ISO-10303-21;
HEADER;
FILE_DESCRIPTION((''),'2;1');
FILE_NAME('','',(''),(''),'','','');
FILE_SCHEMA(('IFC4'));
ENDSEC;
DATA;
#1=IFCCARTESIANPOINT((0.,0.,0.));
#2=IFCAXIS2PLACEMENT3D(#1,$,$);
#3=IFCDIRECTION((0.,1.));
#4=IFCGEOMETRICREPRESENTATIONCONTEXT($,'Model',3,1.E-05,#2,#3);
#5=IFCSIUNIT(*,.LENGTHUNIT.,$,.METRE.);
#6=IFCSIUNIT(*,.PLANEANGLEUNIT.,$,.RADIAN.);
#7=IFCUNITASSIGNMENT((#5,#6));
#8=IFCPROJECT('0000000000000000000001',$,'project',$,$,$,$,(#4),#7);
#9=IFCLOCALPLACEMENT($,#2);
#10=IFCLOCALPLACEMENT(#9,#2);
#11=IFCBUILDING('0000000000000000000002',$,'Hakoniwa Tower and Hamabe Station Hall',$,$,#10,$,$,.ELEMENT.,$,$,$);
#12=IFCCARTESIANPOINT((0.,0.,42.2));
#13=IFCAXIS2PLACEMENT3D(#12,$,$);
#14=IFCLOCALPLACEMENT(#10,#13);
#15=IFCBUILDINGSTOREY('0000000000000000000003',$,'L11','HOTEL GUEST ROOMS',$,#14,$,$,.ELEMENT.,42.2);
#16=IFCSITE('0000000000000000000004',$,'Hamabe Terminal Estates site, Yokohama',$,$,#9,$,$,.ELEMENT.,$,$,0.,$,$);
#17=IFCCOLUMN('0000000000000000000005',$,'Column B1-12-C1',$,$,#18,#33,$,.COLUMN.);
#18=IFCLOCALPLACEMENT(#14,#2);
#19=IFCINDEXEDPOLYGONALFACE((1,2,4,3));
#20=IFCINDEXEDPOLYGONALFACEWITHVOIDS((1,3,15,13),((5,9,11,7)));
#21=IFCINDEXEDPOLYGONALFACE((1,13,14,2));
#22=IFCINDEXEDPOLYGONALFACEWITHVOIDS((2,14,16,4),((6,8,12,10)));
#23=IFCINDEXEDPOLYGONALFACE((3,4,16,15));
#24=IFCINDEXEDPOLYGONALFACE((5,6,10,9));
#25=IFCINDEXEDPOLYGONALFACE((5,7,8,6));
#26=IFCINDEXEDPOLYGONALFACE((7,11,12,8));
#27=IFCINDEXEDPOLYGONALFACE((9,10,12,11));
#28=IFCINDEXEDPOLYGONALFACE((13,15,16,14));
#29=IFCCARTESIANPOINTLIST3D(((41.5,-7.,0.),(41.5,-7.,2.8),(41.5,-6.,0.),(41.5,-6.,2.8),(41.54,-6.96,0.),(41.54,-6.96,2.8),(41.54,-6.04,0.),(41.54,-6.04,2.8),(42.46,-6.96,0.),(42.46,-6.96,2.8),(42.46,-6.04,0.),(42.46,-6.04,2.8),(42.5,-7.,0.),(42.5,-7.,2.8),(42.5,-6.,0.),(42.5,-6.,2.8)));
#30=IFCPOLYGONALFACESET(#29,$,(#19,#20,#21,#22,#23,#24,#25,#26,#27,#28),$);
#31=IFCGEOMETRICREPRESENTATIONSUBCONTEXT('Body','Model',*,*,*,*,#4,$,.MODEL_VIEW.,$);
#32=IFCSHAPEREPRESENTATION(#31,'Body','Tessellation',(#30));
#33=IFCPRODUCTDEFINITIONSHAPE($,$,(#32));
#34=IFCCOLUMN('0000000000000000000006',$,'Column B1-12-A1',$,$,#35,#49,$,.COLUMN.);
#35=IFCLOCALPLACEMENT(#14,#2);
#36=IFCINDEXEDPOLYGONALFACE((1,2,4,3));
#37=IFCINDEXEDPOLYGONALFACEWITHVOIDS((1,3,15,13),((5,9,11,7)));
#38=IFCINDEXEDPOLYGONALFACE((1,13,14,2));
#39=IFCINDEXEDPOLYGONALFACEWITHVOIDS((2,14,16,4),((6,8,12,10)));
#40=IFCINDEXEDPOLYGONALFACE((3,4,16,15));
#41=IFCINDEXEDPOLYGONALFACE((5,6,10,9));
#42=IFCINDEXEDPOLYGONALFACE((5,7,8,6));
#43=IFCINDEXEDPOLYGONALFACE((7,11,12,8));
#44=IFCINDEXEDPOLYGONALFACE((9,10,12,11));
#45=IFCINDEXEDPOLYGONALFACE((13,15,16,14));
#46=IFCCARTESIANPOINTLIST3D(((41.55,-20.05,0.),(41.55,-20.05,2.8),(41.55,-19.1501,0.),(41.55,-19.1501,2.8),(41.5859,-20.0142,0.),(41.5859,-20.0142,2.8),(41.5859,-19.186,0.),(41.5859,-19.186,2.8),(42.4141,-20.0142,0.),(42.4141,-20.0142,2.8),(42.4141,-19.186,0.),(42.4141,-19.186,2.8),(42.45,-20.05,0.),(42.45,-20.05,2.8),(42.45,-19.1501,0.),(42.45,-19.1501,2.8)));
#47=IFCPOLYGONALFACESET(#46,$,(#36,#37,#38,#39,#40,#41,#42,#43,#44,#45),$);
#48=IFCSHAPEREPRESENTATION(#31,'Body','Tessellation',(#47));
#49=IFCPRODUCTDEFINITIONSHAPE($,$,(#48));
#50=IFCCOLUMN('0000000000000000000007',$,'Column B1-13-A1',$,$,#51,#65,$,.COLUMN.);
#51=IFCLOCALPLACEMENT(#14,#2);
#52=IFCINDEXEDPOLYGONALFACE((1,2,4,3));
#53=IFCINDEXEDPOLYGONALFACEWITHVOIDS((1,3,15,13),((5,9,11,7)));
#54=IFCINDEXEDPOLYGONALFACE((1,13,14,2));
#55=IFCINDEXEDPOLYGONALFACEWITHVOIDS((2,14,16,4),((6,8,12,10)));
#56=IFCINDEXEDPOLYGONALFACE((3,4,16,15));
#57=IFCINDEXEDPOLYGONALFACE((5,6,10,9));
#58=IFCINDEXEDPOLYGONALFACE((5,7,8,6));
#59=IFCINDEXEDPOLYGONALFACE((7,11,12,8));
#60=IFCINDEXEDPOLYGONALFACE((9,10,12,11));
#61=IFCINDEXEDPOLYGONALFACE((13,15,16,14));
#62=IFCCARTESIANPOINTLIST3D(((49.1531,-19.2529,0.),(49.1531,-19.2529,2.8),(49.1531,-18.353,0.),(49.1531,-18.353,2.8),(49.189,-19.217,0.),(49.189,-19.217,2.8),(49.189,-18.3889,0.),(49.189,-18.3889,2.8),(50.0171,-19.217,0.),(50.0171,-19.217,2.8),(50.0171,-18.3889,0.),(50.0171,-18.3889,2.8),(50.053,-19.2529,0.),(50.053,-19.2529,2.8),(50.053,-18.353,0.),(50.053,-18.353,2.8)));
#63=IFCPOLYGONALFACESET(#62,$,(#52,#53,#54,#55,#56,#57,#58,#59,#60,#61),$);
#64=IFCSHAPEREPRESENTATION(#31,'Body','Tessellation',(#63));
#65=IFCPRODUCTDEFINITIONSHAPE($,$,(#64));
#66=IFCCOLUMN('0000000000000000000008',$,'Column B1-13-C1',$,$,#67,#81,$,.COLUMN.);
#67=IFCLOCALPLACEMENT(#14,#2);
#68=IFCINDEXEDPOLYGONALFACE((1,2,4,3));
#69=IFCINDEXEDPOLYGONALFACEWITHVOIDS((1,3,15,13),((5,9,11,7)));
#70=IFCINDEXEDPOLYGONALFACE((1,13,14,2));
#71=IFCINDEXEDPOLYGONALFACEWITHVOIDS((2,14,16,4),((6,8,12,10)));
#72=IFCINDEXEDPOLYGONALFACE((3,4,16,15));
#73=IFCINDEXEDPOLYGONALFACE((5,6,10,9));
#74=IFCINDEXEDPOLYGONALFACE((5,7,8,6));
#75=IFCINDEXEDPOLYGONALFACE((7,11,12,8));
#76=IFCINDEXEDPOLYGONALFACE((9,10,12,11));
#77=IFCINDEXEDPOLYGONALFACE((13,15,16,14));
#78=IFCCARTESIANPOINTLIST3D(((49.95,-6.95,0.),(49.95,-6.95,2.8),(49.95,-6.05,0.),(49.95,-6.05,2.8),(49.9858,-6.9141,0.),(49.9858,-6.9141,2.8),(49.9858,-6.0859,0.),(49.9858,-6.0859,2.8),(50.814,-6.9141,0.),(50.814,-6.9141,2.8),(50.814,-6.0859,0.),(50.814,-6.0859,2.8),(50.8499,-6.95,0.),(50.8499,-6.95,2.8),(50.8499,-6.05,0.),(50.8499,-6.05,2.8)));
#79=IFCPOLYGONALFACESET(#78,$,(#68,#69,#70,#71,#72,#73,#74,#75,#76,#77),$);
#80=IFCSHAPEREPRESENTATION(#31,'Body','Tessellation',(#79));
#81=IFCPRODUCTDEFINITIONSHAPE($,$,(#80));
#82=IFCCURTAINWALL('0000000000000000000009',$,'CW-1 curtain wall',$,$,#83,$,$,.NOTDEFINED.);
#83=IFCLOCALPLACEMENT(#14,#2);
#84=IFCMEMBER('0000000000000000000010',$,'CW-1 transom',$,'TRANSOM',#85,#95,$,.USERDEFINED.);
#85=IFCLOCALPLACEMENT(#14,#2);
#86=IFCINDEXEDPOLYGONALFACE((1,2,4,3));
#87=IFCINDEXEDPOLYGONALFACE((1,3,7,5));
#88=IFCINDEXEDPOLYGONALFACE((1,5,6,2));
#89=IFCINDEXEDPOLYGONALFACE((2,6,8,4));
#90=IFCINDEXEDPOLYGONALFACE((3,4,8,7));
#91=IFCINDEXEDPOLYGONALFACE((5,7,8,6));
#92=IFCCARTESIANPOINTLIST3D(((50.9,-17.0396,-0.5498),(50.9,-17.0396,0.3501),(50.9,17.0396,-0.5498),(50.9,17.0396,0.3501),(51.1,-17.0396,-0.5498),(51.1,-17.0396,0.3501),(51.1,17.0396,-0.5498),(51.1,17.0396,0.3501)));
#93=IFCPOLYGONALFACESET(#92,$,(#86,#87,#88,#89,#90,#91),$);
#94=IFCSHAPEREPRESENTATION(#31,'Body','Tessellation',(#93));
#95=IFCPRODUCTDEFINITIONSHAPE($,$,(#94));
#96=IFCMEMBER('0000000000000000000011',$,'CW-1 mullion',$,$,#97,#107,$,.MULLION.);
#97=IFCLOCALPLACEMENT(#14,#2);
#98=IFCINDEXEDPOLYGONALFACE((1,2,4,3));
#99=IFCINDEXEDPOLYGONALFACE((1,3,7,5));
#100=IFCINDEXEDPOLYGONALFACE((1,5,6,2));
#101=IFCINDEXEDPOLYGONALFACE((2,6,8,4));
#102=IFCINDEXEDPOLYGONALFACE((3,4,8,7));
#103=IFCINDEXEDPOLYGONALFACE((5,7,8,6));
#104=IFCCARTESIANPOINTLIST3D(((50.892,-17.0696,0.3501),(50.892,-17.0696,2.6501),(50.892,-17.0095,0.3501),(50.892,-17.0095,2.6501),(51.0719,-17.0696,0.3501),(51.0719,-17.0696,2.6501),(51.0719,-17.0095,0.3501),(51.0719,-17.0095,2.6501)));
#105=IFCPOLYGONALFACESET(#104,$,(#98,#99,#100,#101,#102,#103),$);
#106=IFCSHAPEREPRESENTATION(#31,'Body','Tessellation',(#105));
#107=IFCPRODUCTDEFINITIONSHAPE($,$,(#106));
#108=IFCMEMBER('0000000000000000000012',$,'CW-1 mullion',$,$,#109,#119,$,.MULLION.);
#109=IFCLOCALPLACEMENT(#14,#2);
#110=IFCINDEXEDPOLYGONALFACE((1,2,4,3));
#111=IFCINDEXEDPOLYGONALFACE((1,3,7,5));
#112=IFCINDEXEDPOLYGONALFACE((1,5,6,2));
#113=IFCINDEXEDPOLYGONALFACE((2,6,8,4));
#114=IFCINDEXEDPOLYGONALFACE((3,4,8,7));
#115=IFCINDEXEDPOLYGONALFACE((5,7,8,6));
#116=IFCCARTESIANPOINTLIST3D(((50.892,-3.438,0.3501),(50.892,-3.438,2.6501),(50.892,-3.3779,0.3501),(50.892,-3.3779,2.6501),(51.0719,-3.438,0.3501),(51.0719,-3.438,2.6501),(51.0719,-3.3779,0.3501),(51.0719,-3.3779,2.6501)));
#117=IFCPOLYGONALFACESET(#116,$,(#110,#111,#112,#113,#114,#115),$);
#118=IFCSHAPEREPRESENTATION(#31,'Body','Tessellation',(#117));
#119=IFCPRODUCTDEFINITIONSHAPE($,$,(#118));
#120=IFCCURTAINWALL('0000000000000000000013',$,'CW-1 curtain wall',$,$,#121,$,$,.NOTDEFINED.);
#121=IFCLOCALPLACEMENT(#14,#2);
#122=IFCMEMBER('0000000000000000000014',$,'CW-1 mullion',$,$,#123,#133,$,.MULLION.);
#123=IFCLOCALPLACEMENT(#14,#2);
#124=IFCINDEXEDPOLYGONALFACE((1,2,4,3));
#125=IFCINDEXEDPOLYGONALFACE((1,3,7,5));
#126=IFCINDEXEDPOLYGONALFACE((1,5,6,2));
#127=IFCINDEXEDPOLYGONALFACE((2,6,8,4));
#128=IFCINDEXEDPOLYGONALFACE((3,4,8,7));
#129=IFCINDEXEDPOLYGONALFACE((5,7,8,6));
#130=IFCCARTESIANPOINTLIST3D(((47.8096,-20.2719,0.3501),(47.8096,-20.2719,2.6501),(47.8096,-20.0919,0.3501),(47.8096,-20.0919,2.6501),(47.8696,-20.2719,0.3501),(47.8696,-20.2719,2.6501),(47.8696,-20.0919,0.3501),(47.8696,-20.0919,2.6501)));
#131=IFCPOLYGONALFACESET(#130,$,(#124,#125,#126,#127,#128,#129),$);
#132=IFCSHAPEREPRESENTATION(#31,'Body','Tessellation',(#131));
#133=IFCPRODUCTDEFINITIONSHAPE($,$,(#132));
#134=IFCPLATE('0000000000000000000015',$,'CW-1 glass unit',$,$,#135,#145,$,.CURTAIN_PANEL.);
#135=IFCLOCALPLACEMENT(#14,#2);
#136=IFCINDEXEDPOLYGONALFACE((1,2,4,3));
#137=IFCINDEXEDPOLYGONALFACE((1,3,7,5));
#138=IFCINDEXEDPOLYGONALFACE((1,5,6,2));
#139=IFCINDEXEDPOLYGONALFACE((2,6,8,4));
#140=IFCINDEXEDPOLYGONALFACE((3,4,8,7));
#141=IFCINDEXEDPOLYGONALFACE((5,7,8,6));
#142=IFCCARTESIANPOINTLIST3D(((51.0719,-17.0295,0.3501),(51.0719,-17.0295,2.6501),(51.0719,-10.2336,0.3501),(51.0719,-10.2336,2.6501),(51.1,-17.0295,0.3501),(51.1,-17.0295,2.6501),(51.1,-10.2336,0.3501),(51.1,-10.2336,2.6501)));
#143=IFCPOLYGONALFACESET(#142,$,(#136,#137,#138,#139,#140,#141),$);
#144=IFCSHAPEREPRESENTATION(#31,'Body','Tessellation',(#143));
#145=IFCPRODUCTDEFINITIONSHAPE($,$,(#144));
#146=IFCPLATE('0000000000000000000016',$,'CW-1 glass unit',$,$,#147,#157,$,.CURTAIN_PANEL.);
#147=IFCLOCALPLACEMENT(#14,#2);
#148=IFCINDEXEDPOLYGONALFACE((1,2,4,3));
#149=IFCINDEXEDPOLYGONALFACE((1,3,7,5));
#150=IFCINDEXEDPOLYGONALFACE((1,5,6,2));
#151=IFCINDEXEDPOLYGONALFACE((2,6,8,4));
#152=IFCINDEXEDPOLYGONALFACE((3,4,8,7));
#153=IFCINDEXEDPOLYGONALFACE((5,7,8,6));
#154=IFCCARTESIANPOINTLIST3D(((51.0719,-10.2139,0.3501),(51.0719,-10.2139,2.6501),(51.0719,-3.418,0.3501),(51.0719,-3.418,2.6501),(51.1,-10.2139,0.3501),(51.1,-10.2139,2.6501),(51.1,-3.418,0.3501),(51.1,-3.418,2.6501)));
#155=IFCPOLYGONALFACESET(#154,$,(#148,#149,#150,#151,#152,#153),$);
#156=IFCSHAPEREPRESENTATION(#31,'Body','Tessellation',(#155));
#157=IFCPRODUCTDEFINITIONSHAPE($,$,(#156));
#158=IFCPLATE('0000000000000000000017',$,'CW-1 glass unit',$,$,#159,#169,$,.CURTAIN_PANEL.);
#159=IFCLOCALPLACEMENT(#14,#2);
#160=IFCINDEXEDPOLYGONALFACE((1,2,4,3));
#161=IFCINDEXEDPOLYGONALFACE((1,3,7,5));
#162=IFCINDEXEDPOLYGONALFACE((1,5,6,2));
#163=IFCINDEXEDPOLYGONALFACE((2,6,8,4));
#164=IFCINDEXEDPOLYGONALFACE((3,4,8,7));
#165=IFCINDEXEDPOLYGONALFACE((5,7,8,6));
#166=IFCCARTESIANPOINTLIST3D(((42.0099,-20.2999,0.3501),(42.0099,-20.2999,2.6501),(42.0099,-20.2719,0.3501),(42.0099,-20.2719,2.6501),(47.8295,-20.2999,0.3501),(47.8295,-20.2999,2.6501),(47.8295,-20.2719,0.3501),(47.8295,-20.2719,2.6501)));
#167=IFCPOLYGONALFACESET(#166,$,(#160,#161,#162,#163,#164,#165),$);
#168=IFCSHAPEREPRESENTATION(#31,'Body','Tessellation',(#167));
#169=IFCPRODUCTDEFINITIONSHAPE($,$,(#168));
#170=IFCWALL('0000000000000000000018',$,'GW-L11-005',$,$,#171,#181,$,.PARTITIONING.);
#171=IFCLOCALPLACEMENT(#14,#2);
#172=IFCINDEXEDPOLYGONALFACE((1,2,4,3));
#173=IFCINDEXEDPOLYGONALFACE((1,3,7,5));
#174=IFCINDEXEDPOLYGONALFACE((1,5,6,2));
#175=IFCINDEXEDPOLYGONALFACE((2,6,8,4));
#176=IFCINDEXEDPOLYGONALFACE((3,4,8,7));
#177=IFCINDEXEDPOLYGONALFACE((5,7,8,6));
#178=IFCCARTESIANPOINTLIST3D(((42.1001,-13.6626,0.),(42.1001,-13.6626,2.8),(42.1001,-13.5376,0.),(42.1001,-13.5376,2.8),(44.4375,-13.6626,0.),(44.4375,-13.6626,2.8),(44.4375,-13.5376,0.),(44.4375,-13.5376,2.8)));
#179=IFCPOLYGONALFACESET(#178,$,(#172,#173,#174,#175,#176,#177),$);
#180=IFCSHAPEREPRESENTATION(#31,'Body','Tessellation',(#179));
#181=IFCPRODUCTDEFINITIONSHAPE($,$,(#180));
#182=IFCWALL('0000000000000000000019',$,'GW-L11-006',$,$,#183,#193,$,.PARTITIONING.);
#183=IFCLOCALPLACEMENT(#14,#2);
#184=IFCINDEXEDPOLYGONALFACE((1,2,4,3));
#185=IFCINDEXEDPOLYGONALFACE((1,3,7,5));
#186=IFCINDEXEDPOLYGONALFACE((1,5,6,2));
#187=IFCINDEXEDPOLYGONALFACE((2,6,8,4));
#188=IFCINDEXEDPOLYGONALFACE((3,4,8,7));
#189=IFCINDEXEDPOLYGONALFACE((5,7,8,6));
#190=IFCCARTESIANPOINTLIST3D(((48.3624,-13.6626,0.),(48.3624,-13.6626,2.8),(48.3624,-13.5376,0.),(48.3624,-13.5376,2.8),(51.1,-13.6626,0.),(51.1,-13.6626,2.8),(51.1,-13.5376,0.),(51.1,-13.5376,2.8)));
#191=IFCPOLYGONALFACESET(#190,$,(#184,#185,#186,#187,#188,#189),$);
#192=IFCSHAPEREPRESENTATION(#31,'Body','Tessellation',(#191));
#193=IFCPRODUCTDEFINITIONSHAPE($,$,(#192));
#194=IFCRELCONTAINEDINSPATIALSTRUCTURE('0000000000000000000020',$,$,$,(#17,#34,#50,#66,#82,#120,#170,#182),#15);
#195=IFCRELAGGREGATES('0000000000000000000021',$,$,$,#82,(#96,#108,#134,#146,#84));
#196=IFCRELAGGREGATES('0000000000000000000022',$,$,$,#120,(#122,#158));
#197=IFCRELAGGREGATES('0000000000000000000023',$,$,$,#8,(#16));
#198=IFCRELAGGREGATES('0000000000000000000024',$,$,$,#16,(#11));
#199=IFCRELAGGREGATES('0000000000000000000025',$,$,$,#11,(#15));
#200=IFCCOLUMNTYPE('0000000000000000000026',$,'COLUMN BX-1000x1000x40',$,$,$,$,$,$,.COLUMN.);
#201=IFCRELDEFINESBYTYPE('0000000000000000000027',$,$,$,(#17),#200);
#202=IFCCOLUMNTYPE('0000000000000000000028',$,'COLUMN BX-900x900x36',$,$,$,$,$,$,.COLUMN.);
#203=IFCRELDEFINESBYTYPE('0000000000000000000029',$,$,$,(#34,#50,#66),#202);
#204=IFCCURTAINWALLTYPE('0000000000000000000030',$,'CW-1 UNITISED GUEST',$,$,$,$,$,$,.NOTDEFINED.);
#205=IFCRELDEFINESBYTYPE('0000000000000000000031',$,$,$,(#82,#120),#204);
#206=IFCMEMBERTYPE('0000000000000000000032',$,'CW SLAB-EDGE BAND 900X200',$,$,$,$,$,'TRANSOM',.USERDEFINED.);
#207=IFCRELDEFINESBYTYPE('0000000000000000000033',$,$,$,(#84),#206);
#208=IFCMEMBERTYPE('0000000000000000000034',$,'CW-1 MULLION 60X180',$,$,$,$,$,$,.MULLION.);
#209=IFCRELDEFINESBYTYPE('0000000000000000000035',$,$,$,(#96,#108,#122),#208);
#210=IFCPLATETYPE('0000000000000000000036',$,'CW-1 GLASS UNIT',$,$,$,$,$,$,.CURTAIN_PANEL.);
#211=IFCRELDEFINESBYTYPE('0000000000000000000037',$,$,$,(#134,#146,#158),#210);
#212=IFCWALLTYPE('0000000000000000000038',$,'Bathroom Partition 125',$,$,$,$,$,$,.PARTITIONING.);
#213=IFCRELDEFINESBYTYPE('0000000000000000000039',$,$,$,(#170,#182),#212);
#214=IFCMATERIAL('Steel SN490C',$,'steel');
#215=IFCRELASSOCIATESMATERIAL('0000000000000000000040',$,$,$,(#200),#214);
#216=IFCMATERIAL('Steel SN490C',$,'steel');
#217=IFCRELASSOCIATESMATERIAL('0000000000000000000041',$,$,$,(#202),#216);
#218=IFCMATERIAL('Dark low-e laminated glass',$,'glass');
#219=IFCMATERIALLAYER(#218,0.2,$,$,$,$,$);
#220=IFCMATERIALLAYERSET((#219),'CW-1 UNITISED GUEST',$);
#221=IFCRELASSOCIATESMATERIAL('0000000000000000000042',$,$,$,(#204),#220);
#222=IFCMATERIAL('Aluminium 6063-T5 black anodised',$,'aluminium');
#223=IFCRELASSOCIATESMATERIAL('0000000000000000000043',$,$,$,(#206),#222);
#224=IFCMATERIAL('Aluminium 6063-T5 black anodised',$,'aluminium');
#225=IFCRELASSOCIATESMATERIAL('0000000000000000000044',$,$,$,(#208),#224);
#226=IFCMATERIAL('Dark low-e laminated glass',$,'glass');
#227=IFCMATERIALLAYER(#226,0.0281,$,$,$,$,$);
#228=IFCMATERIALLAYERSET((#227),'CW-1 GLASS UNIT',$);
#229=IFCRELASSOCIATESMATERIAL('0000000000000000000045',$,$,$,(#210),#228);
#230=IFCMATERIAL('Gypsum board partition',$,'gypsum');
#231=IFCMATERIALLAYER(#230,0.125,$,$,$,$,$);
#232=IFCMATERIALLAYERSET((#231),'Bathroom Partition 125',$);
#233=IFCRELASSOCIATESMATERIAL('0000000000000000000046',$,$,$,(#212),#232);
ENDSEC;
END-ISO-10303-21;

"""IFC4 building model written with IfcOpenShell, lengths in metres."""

from ifc_helpers import new_model, si_unit, direction, frame, frame_2d, origin, origin_2d, place, context, subcontext, project, spatial, rectangle, hollow_rectangle, extrude, material, layer, layer_set, material_profile, profile_set, type_object, element, aggregate, save


model = new_model("IFC4")

# Units and contexts
model_context = context("Model", 3, precision=1e-05, world=origin(), true_north=direction((0.0, 1.0)))
body_context = subcontext(model_context, "Body", "Model", "MODEL_VIEW")
ifc_project = project(units=[si_unit("LENGTHUNIT", "METRE"), si_unit("PLANEANGLEUNIT", "RADIAN")], contexts=[model_context])

# Site, building, storey
site_placement = place(None, origin())
site = spatial("IfcSite", under=ifc_project, at=site_placement, Name="Hamabe Terminal Estates site, Yokohama", CompositionType="ELEMENT", RefElevation=0.0)
building_placement = place(site_placement, origin())
building = spatial("IfcBuilding", under=site, at=building_placement, Name="Hakoniwa Tower and Hamabe Station Hall", CompositionType="ELEMENT")
storey_placement = place(building_placement, frame((0.0, 0.0, 42.2)))
storey = spatial("IfcBuildingStorey", under=building, at=storey_placement, Name="L11", Description="HOTEL GUEST ROOMS", CompositionType="ELEMENT", Elevation=42.2)

# Columns
ifc_material_1 = material(Name="Steel SN490C", Category="steel")
ifc_material_profile_1 = material_profile(ifc_material_1, hollow_rectangle(XDim=1.0, YDim=1.0, WallThickness=0.04, at=origin_2d()), Name="BX-1000x1000x40")
ifc_profile_set_1 = profile_set([ifc_material_profile_1], Name="Steel SN490C")
column_type_1 = type_object("IfcColumnType", Name="COLUMN BX-1000x1000x40", PredefinedType="COLUMN", material=ifc_profile_set_1)
column_placement = place(storey_placement, frame((42.0, -6.5, 0.0), z_axis=(0.0, 0.0, 1.0), x_axis=(1.0, 0.0, 0.0)))
element("IfcColumn", 1, at=column_placement, inside=storey, type_object=column_type_1, Name="Column B1-12-C1", PredefinedType="COLUMN", context=body_context, shape_type="SweptSolid", body=[
    extrude(hollow_rectangle(XDim=1.0, YDim=1.0, WallThickness=0.04, at=origin_2d()), origin(), (0.0, 0.0, 1.0), 2.8),
])
ifc_material_2 = material(Name="Steel SN490C", Category="steel")
ifc_material_profile_2 = material_profile(ifc_material_2, hollow_rectangle(XDim=0.8999, YDim=0.8999, WallThickness=0.0359, at=origin_2d()), Name="BX-900x900x36")
ifc_profile_set_2 = profile_set([ifc_material_profile_2], Name="Steel SN490C")
column_type_2 = type_object("IfcColumnType", Name="COLUMN BX-900x900x36", PredefinedType="COLUMN", material=ifc_profile_set_2)
for number, where, z_axis, x_axis, name in (
    (2, (42.0, -19.6001, 0.0), (0.0, 0.0, 1.0), (1.0, 0.0, 0.0), "Column B1-12-A1"),
    (3, (49.603, -18.803, 0.0), (0.0, 0.0, 1.0), (1.0, 0.0, 0.0), "Column B1-13-A1"),
    (4, (50.3999, -6.5, 0.0), (0.0, 0.0, 1.0), (1.0, 0.0, 0.0), "Column B1-13-C1"),
):
    element("IfcColumn", number, at=place(storey_placement, frame(where, z_axis=z_axis, x_axis=x_axis)), inside=storey, type_object=column_type_2, Name=name, PredefinedType="COLUMN", context=body_context, shape_type="SweptSolid", body=[
        extrude(hollow_rectangle(XDim=0.8999, YDim=0.8999, WallThickness=0.0359, at=origin_2d()), origin(), (0.0, 0.0, 1.0), 2.8),
    ])

# Curtain wall, members
ifc_material_3 = material(Name="Dark low-e laminated glass", Category="glass")
ifc_layer_1 = layer(ifc_material_3, 0.2)
ifc_layer_set_1 = layer_set([ifc_layer_1], Name="CW-1 UNITISED GUEST")
curtain_wall_type = type_object("IfcCurtainWallType", Name="CW-1 UNITISED GUEST", PredefinedType="NOTDEFINED", material=ifc_layer_set_1)
curtain_wall_1_placement = place(storey_placement, origin())
curtain_wall_1 = element("IfcCurtainWall", 5, at=curtain_wall_1_placement, inside=storey, type_object=curtain_wall_type, Name="CW-1 curtain wall", PredefinedType="NOTDEFINED")
ifc_material_4 = material(Name="Aluminium 6063-T5 black anodised", Category="aluminium")
ifc_material_profile_3 = material_profile(ifc_material_4, rectangle(XDim=0.2, YDim=0.8999, at=origin_2d()), Name="CW SLAB-EDGE BAND 900X200")
ifc_profile_set_3 = profile_set([ifc_material_profile_3], Name="Aluminium 6063-T5 black anodised")
member_type_1 = type_object("IfcMemberType", Name="CW SLAB-EDGE BAND 900X200", ElementType="TRANSOM", PredefinedType="USERDEFINED", material=ifc_profile_set_3)
member_1_placement = place(storey_placement, frame((51.0, -17.0396, -0.0999), z_axis=(0.0, 1.0, 0.0), x_axis=(-1.0, 0.0, 0.0)))
member_1 = element("IfcMember", 6, at=member_1_placement, type_object=member_type_1, Name="CW-1 transom", ObjectType="TRANSOM", PredefinedType="USERDEFINED", context=body_context, shape_type="SweptSolid", body=[
    extrude(rectangle(XDim=0.2, YDim=0.8999, at=origin_2d()), origin(), (0.0, 0.0, 1.0), 34.0791),
])
ifc_material_5 = material(Name="Aluminium 6063-T5 black anodised", Category="aluminium")
ifc_material_profile_4 = material_profile(ifc_material_5, rectangle(XDim=0.0601, YDim=0.1799, at=origin_2d()), Name="CW-1 MULLION 60X180")
ifc_profile_set_4 = profile_set([ifc_material_profile_4], Name="Aluminium 6063-T5 black anodised")
member_type_2 = type_object("IfcMemberType", Name="CW-1 MULLION 60X180", PredefinedType="MULLION", material=ifc_profile_set_4)
member_2_placement = place(storey_placement, frame((50.9819, -17.0396, 0.3501), z_axis=(0.0, 0.0, 1.0), x_axis=(0.0, 1.0, 0.0)))
member_2 = element("IfcMember", 7, at=member_2_placement, type_object=member_type_2, Name="CW-1 mullion", PredefinedType="MULLION", context=body_context, shape_type="SweptSolid", body=[
    extrude(rectangle(XDim=0.0601, YDim=0.1799, at=origin_2d()), origin(), (0.0, 0.0, 1.0), 2.3),
])
member_3_placement = place(storey_placement, frame((50.9819, -3.408, 0.3501), z_axis=(0.0, 0.0, 1.0), x_axis=(0.0, 1.0, 0.0)))
member_3 = element("IfcMember", 8, at=member_3_placement, type_object=member_type_2, Name="CW-1 mullion", PredefinedType="MULLION", context=body_context, shape_type="SweptSolid", body=[
    extrude(rectangle(XDim=0.0601, YDim=0.1799, at=origin_2d()), origin(), (0.0, 0.0, 1.0), 2.3),
])

# Curtain wall, member
curtain_wall_2_placement = place(storey_placement, origin())
curtain_wall_2 = element("IfcCurtainWall", 9, at=curtain_wall_2_placement, inside=storey, type_object=curtain_wall_type, Name="CW-1 curtain wall", PredefinedType="NOTDEFINED")
member_4_placement = place(storey_placement, frame((47.8396, -20.1819, 0.3501), z_axis=(0.0, 0.0, 1.0), x_axis=(1.0, 0.0, 0.0)))
member_4 = element("IfcMember", 10, at=member_4_placement, type_object=member_type_2, Name="CW-1 mullion", PredefinedType="MULLION", context=body_context, shape_type="SweptSolid", body=[
    extrude(rectangle(XDim=0.0601, YDim=0.1799, at=origin_2d()), origin(), (0.0, 0.0, 1.0), 2.3),
])

# Plates
ifc_material_6 = material(Name="Dark low-e laminated glass", Category="glass")
ifc_layer_2 = layer(ifc_material_6, 0.0281)
ifc_layer_set_2 = layer_set([ifc_layer_2], Name="CW-1 GLASS UNIT")
plate_type = type_object("IfcPlateType", Name="CW-1 GLASS UNIT", PredefinedType="CURTAIN_PANEL", material=ifc_layer_set_2)
plate_1_placement = place(storey_placement, frame((51.0859, -13.6316, 0.3501), z_axis=(0.0, 0.0, 1.0), x_axis=(0.0, 1.0, 0.0)))
plate_1 = element("IfcPlate", 11, at=plate_1_placement, type_object=plate_type, Name="CW-1 glass unit", PredefinedType="CURTAIN_PANEL", context=body_context, shape_type="SweptSolid", body=[
    extrude(rectangle(XDim=6.7959, YDim=0.0281, at=origin_2d()), origin(), (0.0, 0.0, 1.0), 2.3),
])
plate_2_placement = place(storey_placement, frame((51.0859, -6.8159, 0.3501), z_axis=(0.0, 0.0, 1.0), x_axis=(0.0, 1.0, 0.0)))
plate_2 = element("IfcPlate", 12, at=plate_2_placement, type_object=plate_type, Name="CW-1 glass unit", PredefinedType="CURTAIN_PANEL", context=body_context, shape_type="SweptSolid", body=[
    extrude(rectangle(XDim=6.7959, YDim=0.0281, at=origin_2d()), origin(), (0.0, 0.0, 1.0), 2.3),
])
aggregate(curtain_wall_1, [member_2, member_3, plate_1, plate_2, member_1])
plate_3_placement = place(storey_placement, frame((44.9197, -20.2859, 0.3501), z_axis=(0.0, 0.0, 1.0), x_axis=(1.0, 0.0, 0.0)))
plate_3 = element("IfcPlate", 13, at=plate_3_placement, type_object=plate_type, Name="CW-1 glass unit", PredefinedType="CURTAIN_PANEL", context=body_context, shape_type="SweptSolid", body=[
    extrude(rectangle(XDim=5.8196, YDim=0.0281, at=origin_2d()), origin(), (0.0, 0.0, 1.0), 2.3),
])
aggregate(curtain_wall_2, [member_4, plate_3])

# Walls
ifc_material_7 = material(Name="Gypsum board partition", Category="gypsum")
ifc_layer_3 = layer(ifc_material_7, 0.125)
ifc_layer_set_3 = layer_set([ifc_layer_3], Name="Bathroom Partition 125")
wall_type_1 = type_object("IfcWallType", Name="Bathroom Partition 125", PredefinedType="PARTITIONING", material=ifc_layer_set_3)
wall_1_placement = place(storey_placement, frame((42.1001, -13.6001, 0.0), z_axis=(0.0, 0.0, 1.0), x_axis=(1.0, 0.0, 0.0)))
element("IfcWall", 14, at=wall_1_placement, inside=storey, type_object=wall_type_1, Name="GW-L11-005", PredefinedType="PARTITIONING", context=body_context, shape_type="SweptSolid", body=[
    extrude(rectangle(XDim=2.3374, YDim=0.125, at=frame_2d((1.1687, 0.0))), origin(), (0.0, 0.0, 1.0), 2.8),
])
wall_2_placement = place(storey_placement, frame((48.3625, -13.6001, 0.0), z_axis=(0.0, 0.0, 1.0), x_axis=(1.0, 0.0, 0.0)))
element("IfcWall", 15, at=wall_2_placement, inside=storey, type_object=wall_type_1, Name="GW-L11-006", PredefinedType="PARTITIONING", context=body_context, shape_type="SweptSolid", body=[
    extrude(rectangle(XDim=2.7375, YDim=0.125, at=frame_2d((1.3687, 0.0))), origin(), (0.0, 0.0, 1.0), 2.8),
])

save(model, "model.ifc")
